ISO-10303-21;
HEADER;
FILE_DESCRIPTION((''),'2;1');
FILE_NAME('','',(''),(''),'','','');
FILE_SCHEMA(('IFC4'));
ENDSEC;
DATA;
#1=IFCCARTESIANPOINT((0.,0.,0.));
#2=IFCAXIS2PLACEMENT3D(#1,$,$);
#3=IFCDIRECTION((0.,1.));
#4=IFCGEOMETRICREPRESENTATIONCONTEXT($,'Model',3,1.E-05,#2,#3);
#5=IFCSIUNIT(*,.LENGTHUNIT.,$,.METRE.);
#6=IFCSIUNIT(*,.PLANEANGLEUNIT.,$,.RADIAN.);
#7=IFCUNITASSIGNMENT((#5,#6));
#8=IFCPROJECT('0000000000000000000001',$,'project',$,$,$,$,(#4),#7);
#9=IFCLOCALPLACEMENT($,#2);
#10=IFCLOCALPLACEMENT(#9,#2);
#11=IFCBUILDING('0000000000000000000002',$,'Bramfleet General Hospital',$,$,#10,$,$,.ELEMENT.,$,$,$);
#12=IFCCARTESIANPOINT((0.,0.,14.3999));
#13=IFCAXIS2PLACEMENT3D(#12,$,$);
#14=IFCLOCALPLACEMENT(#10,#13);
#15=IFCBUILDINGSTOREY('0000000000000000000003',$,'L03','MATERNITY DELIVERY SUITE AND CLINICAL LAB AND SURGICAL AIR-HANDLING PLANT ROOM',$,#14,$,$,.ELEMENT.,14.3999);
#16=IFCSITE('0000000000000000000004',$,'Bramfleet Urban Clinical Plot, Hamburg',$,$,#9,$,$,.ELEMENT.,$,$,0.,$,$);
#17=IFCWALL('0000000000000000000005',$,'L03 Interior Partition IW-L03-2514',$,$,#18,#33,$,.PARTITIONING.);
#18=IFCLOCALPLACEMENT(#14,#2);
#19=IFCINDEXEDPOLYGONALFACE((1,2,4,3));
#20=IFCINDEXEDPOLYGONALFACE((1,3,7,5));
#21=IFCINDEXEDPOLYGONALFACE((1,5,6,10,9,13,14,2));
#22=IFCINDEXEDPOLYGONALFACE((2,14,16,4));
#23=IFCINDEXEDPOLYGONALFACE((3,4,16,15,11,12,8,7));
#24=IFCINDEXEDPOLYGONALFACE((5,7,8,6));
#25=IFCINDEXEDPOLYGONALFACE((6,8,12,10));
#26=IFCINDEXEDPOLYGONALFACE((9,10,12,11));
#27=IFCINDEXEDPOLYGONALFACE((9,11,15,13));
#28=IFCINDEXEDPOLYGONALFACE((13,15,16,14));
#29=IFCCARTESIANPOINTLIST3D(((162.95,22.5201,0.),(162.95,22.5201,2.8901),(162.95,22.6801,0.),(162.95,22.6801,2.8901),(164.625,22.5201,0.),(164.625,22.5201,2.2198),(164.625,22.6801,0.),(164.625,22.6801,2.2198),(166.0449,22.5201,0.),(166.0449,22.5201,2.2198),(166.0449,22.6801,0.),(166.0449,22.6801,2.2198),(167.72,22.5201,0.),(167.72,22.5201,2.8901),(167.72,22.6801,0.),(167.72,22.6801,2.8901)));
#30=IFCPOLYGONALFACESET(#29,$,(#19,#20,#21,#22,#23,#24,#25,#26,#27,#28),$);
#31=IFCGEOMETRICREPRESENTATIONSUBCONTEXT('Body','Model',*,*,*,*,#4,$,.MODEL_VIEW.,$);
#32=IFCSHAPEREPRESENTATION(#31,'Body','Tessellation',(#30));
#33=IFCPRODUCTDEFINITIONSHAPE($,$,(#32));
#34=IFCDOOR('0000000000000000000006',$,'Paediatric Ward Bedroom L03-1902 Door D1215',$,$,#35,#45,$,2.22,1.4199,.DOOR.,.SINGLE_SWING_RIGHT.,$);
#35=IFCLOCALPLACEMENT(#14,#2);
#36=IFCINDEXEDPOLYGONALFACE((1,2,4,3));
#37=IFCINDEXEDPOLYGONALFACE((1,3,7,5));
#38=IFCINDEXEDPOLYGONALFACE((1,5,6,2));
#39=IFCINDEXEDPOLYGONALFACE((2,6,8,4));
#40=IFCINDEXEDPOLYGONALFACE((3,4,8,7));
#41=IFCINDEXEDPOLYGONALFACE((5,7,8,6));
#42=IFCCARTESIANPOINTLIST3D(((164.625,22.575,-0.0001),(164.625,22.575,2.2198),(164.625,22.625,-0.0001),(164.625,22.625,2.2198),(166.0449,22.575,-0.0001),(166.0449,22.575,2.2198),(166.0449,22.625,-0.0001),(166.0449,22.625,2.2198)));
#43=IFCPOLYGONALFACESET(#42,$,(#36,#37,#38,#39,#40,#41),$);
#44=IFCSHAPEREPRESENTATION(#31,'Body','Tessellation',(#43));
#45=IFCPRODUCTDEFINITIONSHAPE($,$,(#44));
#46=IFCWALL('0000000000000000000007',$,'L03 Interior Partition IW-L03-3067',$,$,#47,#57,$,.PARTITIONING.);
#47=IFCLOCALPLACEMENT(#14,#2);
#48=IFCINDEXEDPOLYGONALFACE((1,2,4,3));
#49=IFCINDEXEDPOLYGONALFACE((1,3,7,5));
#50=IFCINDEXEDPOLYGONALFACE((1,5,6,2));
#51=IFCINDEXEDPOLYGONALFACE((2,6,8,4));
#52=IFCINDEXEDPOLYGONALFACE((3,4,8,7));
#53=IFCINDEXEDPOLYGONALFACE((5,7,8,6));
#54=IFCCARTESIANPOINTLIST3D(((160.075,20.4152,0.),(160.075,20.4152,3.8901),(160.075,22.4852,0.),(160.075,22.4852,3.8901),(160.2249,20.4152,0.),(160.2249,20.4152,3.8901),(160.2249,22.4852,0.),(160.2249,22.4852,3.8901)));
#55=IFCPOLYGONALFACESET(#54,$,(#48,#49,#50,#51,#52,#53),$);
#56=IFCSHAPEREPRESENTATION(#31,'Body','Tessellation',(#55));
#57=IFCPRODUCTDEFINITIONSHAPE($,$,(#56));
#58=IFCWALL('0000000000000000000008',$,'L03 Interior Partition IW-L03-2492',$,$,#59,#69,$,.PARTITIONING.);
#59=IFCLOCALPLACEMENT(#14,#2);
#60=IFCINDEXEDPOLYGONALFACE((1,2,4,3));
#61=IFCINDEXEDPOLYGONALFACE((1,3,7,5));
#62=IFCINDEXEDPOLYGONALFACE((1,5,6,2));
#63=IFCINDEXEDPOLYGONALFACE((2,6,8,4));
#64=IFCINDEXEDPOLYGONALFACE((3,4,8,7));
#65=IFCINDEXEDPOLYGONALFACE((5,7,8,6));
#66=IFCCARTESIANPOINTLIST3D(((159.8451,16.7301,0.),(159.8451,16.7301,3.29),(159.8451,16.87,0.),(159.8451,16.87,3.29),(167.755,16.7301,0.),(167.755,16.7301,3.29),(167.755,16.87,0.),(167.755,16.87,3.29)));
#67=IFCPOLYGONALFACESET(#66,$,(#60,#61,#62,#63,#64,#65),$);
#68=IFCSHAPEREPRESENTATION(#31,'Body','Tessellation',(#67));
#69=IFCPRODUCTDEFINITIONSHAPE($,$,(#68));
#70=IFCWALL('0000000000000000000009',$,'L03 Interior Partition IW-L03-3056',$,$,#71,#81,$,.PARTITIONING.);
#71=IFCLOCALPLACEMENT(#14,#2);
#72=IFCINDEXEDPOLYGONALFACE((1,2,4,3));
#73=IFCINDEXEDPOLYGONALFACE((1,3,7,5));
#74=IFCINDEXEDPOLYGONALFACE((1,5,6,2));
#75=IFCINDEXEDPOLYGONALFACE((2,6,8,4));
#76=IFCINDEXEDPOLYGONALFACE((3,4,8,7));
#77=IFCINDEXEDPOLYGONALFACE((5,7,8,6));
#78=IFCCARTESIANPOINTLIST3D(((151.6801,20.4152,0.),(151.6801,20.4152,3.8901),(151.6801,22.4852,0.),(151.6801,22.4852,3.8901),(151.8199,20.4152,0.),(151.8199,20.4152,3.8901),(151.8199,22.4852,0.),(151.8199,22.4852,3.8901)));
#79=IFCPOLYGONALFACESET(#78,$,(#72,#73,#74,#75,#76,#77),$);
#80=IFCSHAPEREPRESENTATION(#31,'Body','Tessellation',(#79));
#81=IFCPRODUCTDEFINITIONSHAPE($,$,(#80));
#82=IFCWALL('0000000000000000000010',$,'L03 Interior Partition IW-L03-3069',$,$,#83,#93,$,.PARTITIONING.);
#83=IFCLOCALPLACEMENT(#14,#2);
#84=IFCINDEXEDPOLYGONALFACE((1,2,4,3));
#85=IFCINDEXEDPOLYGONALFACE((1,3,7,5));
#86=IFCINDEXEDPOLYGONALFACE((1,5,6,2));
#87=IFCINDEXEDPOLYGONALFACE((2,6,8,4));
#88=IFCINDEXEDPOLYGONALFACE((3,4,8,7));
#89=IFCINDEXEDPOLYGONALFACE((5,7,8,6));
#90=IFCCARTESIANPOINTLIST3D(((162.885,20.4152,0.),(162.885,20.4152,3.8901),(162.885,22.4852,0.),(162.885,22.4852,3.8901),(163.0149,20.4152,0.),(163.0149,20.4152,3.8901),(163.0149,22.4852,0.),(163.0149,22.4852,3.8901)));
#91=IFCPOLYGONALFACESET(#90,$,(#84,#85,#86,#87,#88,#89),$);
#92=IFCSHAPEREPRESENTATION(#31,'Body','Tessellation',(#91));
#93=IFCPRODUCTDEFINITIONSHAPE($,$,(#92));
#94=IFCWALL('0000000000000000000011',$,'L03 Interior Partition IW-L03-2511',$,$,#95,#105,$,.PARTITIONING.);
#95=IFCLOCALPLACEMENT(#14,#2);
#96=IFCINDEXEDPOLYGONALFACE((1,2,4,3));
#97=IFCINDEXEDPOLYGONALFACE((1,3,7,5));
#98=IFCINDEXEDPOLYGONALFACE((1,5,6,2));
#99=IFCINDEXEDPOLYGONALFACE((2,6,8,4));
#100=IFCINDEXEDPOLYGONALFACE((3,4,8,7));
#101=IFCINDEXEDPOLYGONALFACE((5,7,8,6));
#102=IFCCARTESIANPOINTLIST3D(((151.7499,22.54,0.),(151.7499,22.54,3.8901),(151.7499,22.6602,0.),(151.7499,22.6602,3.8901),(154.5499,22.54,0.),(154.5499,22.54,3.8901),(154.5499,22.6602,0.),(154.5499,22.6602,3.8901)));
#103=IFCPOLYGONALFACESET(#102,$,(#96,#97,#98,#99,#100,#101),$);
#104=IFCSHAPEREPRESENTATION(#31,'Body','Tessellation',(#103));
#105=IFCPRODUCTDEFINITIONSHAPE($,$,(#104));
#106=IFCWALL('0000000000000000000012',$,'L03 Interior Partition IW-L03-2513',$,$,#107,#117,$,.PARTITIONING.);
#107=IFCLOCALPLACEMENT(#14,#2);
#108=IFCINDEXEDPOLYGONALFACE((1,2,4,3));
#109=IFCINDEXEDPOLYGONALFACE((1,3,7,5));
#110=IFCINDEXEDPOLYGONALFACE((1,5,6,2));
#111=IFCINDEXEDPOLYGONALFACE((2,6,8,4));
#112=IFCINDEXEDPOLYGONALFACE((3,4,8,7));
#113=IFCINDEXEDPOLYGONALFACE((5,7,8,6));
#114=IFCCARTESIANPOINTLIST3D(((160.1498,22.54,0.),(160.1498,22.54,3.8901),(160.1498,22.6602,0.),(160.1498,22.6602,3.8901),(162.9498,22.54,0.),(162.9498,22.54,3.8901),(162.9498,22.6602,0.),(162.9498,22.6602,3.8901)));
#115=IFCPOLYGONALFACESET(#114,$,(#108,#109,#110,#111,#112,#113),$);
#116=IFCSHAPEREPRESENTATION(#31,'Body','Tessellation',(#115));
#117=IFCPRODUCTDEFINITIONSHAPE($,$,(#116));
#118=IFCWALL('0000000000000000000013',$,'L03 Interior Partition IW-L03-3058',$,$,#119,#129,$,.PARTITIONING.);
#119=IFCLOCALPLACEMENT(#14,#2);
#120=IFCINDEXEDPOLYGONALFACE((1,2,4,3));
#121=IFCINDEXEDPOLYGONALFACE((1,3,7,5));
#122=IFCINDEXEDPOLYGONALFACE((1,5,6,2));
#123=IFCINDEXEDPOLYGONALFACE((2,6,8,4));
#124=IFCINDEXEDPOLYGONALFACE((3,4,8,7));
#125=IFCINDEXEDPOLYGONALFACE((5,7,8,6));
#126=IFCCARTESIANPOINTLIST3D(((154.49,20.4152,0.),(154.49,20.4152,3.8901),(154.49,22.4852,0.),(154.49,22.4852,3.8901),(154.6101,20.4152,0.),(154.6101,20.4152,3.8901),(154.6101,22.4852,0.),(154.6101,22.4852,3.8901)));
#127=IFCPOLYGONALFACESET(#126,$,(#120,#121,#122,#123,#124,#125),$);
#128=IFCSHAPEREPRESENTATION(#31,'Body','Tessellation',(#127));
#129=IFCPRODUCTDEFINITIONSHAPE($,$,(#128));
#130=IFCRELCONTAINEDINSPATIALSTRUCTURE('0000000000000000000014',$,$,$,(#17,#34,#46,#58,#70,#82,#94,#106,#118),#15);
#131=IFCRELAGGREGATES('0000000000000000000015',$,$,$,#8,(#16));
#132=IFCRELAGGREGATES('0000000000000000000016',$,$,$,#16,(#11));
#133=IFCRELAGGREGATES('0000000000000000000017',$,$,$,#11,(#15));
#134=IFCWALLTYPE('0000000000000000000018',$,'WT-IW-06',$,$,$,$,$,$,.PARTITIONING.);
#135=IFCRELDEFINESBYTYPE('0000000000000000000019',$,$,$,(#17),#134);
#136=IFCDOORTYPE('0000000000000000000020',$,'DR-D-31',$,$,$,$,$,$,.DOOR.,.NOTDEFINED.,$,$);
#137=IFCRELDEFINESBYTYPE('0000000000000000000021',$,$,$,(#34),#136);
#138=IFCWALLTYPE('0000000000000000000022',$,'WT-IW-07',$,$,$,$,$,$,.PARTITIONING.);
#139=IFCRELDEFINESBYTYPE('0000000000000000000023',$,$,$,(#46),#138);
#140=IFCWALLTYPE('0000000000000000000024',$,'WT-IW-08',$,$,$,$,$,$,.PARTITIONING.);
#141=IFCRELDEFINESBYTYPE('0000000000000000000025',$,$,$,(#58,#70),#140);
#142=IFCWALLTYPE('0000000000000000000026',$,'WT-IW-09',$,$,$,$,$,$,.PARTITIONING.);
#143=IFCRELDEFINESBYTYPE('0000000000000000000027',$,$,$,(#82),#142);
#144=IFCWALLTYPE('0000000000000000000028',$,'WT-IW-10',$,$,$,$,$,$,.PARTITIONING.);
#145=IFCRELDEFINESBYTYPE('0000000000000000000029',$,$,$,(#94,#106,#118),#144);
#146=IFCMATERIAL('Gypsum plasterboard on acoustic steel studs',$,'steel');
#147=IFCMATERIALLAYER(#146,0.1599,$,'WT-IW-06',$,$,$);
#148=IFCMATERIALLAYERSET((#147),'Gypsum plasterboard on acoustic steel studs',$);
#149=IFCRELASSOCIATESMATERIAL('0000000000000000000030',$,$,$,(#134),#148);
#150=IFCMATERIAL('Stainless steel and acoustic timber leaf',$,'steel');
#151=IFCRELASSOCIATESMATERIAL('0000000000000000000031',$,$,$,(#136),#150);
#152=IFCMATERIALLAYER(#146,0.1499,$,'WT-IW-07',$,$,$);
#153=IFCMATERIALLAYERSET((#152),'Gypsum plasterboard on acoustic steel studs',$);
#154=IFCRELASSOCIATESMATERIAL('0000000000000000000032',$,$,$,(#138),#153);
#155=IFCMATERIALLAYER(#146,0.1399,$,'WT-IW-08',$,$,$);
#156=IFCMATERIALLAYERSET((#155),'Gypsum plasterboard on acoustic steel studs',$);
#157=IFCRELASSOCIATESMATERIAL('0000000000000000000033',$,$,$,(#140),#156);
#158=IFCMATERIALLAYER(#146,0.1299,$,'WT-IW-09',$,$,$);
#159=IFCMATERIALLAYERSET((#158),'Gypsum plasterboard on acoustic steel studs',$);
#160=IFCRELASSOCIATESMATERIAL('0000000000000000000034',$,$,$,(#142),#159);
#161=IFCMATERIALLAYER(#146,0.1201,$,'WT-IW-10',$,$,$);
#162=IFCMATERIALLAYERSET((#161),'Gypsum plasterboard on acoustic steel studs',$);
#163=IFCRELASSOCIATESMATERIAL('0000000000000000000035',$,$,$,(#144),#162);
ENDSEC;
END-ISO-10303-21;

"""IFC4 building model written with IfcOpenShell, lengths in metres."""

from ifc_helpers import new_model, si_unit, direction, frame, frame_2d, origin, place, context, subcontext, project, spatial, rectangle, extrude, material, layer, layer_set, type_object, element, fill, save


model = new_model("IFC4")

# Units and contexts
model_context = context("Model", 3, precision=1e-05, world=origin(), true_north=direction((0.0, 1.0)))
body_context = subcontext(model_context, "Body", "Model", "MODEL_VIEW")
ifc_project = project(units=[si_unit("LENGTHUNIT", "METRE"), si_unit("PLANEANGLEUNIT", "RADIAN")], contexts=[model_context])

# Site, building, storey
site_placement = place(None, origin())
site = spatial("IfcSite", under=ifc_project, at=site_placement, Name="Bramfleet Urban Clinical Plot, Hamburg", CompositionType="ELEMENT", RefElevation=0.0)
building_placement = place(site_placement, origin())
building = spatial("IfcBuilding", under=site, at=building_placement, Name="Bramfleet General Hospital", CompositionType="ELEMENT")
storey_placement = place(building_placement, frame((0.0, 0.0, 14.3999)))
storey = spatial("IfcBuildingStorey", under=building, at=storey_placement, Name="L03", Description="MATERNITY DELIVERY SUITE AND CLINICAL LAB AND SURGICAL AIR-HANDLING PLANT ROOM", CompositionType="ELEMENT", Elevation=14.3999)

# Wall, opening, door
ifc_material_1 = material(Name="Stainless steel and acoustic timber leaf", Category="steel")
ifc_material_2 = material(Name="Gypsum plasterboard on acoustic steel studs", Category="steel")
ifc_layer_1 = layer(ifc_material_2, 0.1599, Name="WT-IW-06")
ifc_layer_set_1 = layer_set([ifc_layer_1], Name="Gypsum plasterboard on acoustic steel studs")
wall_type_1 = type_object("IfcWallType", Name="WT-IW-06", PredefinedType="PARTITIONING", material=ifc_layer_set_1)
wall_1_placement = place(storey_placement, frame((162.95, 22.6001, 0.0), z_axis=(0.0, 0.0, 1.0), x_axis=(1.0, 0.0, 0.0)))
wall_1 = element("IfcWall", 1, at=wall_1_placement, inside=storey, type_object=wall_type_1, Name="L03 Interior Partition IW-L03-2514", PredefinedType="PARTITIONING", context=body_context, shape_type="SweptSolid", body=[
    extrude(rectangle(XDim=4.77, YDim=0.1599, at=frame_2d((2.385, 0.0))), origin(), (0.0, 0.0, 1.0), 2.8901),
])
opening_1_placement = place(wall_1_placement, frame((1.675, 0.0, 0.0)))
opening_1 = element("IfcOpeningElement", 2, at=opening_1_placement, cuts=wall_1, PredefinedType="OPENING", context=body_context, shape_type="SweptSolid", body=[
    extrude(rectangle(XDim=1.4199, YDim=2.22, at=frame_2d((0.71, 1.1099))), frame((0.0, 0.0898, 0.0), z_axis=(0.0, -1.0, 0.0), x_axis=(1.0, 0.0, 0.0)), (0.0, 0.0, 1.0), 0.1799),
])
door_type_1 = type_object("IfcDoorType", Name="DR-D-31", OperationType="NOTDEFINED", PredefinedType="DOOR", material=ifc_material_1)
door_1_placement = place(opening_1_placement, origin())
door_1 = element("IfcDoor", 3, at=door_1_placement, inside=storey, type_object=door_type_1, Name="Paediatric Ward Bedroom L03-1902 Door D1215", OperationType="SINGLE_SWING_RIGHT", OverallHeight=2.22, OverallWidth=1.4199, PredefinedType="DOOR", context=body_context, shape_type="SweptSolid", body=[
    extrude(rectangle(XDim=1.4199, YDim=2.22, at=frame_2d((0.71, 1.1099))), frame((0.0, 0.0249, 0.0), z_axis=(0.0, -1.0, 0.0), x_axis=(1.0, 0.0, 0.0)), (0.0, 0.0, 1.0), 0.05),
])
fill(opening_1, door_1)

# Walls
ifc_layer_2 = layer(ifc_material_2, 0.1499, Name="WT-IW-07")
ifc_layer_set_2 = layer_set([ifc_layer_2], Name="Gypsum plasterboard on acoustic steel studs")
wall_type_2 = type_object("IfcWallType", Name="WT-IW-07", PredefinedType="PARTITIONING", material=ifc_layer_set_2)
wall_2_placement = place(storey_placement, frame((160.1499, 20.415, 0.0), z_axis=(0.0, 0.0, 1.0), x_axis=(0.0, 1.0, 0.0)))
element("IfcWall", 4, at=wall_2_placement, inside=storey, type_object=wall_type_2, Name="L03 Interior Partition IW-L03-3067", PredefinedType="PARTITIONING", context=body_context, shape_type="SweptSolid", body=[
    extrude(rectangle(XDim=2.0701, YDim=0.1499, at=frame_2d((1.0352, 0.0))), origin(), (0.0, 0.0, 1.0), 3.8901),
])
ifc_layer_3 = layer(ifc_material_2, 0.1399, Name="WT-IW-08")
ifc_layer_set_3 = layer_set([ifc_layer_3], Name="Gypsum plasterboard on acoustic steel studs")
wall_type_3 = type_object("IfcWallType", Name="WT-IW-08", PredefinedType="PARTITIONING", material=ifc_layer_set_3)
wall_3_placement = place(storey_placement, frame((159.845, 16.8, 0.0), z_axis=(0.0, 0.0, 1.0), x_axis=(1.0, 0.0, 0.0)))
element("IfcWall", 5, at=wall_3_placement, inside=storey, type_object=wall_type_3, Name="L03 Interior Partition IW-L03-2492", PredefinedType="PARTITIONING", context=body_context, shape_type="SweptSolid", body=[
    extrude(rectangle(XDim=7.9099, YDim=0.1399, at=frame_2d((3.9551, 0.0))), origin(), (0.0, 0.0, 1.0), 3.29),
])
wall_4_placement = place(storey_placement, frame((151.75, 20.415, 0.0), z_axis=(0.0, 0.0, 1.0), x_axis=(0.0, 1.0, 0.0)))
element("IfcWall", 6, at=wall_4_placement, inside=storey, type_object=wall_type_3, Name="L03 Interior Partition IW-L03-3056", PredefinedType="PARTITIONING", context=body_context, shape_type="SweptSolid", body=[
    extrude(rectangle(XDim=2.0701, YDim=0.1399, at=frame_2d((1.0352, 0.0))), origin(), (0.0, 0.0, 1.0), 3.8901),
])
ifc_layer_4 = layer(ifc_material_2, 0.1299, Name="WT-IW-09")
ifc_layer_set_4 = layer_set([ifc_layer_4], Name="Gypsum plasterboard on acoustic steel studs")
wall_type_4 = type_object("IfcWallType", Name="WT-IW-09", PredefinedType="PARTITIONING", material=ifc_layer_set_4)
wall_5_placement = place(storey_placement, frame((162.95, 20.415, 0.0), z_axis=(0.0, 0.0, 1.0), x_axis=(0.0, 1.0, 0.0)))
element("IfcWall", 7, at=wall_5_placement, inside=storey, type_object=wall_type_4, Name="L03 Interior Partition IW-L03-3069", PredefinedType="PARTITIONING", context=body_context, shape_type="SweptSolid", body=[
    extrude(rectangle(XDim=2.0701, YDim=0.1299, at=frame_2d((1.0352, 0.0))), origin(), (0.0, 0.0, 1.0), 3.8901),
])
ifc_layer_5 = layer(ifc_material_2, 0.1201, Name="WT-IW-10")
ifc_layer_set_5 = layer_set([ifc_layer_5], Name="Gypsum plasterboard on acoustic steel studs")
wall_type_5 = type_object("IfcWallType", Name="WT-IW-10", PredefinedType="PARTITIONING", material=ifc_layer_set_5)
for number, where, z_axis, x_axis, name in (
    (8, (151.75, 22.6001, 0.0), (0.0, 0.0, 1.0), (1.0, 0.0, 0.0), "L03 Interior Partition IW-L03-2511"),
    (9, (160.1499, 22.6001, 0.0), (0.0, 0.0, 1.0), (1.0, 0.0, 0.0), "L03 Interior Partition IW-L03-2513"),
):
    element("IfcWall", number, at=place(storey_placement, frame(where, z_axis=z_axis, x_axis=x_axis)), inside=storey, type_object=wall_type_5, Name=name, PredefinedType="PARTITIONING", context=body_context, shape_type="SweptSolid", body=[
        extrude(rectangle(XDim=2.8, YDim=0.1201, at=frame_2d((1.3999, 0.0))), origin(), (0.0, 0.0, 1.0), 3.8901),
    ])
wall_6_placement = place(storey_placement, frame((154.55, 20.415, 0.0), z_axis=(0.0, 0.0, 1.0), x_axis=(0.0, 1.0, 0.0)))
element("IfcWall", 10, at=wall_6_placement, inside=storey, type_object=wall_type_5, Name="L03 Interior Partition IW-L03-3058", PredefinedType="PARTITIONING", context=body_context, shape_type="SweptSolid", body=[
    extrude(rectangle(XDim=2.0701, YDim=0.1201, at=frame_2d((1.0352, 0.0))), origin(), (0.0, 0.0, 1.0), 3.8901),
])

save(model, "model.ifc")
